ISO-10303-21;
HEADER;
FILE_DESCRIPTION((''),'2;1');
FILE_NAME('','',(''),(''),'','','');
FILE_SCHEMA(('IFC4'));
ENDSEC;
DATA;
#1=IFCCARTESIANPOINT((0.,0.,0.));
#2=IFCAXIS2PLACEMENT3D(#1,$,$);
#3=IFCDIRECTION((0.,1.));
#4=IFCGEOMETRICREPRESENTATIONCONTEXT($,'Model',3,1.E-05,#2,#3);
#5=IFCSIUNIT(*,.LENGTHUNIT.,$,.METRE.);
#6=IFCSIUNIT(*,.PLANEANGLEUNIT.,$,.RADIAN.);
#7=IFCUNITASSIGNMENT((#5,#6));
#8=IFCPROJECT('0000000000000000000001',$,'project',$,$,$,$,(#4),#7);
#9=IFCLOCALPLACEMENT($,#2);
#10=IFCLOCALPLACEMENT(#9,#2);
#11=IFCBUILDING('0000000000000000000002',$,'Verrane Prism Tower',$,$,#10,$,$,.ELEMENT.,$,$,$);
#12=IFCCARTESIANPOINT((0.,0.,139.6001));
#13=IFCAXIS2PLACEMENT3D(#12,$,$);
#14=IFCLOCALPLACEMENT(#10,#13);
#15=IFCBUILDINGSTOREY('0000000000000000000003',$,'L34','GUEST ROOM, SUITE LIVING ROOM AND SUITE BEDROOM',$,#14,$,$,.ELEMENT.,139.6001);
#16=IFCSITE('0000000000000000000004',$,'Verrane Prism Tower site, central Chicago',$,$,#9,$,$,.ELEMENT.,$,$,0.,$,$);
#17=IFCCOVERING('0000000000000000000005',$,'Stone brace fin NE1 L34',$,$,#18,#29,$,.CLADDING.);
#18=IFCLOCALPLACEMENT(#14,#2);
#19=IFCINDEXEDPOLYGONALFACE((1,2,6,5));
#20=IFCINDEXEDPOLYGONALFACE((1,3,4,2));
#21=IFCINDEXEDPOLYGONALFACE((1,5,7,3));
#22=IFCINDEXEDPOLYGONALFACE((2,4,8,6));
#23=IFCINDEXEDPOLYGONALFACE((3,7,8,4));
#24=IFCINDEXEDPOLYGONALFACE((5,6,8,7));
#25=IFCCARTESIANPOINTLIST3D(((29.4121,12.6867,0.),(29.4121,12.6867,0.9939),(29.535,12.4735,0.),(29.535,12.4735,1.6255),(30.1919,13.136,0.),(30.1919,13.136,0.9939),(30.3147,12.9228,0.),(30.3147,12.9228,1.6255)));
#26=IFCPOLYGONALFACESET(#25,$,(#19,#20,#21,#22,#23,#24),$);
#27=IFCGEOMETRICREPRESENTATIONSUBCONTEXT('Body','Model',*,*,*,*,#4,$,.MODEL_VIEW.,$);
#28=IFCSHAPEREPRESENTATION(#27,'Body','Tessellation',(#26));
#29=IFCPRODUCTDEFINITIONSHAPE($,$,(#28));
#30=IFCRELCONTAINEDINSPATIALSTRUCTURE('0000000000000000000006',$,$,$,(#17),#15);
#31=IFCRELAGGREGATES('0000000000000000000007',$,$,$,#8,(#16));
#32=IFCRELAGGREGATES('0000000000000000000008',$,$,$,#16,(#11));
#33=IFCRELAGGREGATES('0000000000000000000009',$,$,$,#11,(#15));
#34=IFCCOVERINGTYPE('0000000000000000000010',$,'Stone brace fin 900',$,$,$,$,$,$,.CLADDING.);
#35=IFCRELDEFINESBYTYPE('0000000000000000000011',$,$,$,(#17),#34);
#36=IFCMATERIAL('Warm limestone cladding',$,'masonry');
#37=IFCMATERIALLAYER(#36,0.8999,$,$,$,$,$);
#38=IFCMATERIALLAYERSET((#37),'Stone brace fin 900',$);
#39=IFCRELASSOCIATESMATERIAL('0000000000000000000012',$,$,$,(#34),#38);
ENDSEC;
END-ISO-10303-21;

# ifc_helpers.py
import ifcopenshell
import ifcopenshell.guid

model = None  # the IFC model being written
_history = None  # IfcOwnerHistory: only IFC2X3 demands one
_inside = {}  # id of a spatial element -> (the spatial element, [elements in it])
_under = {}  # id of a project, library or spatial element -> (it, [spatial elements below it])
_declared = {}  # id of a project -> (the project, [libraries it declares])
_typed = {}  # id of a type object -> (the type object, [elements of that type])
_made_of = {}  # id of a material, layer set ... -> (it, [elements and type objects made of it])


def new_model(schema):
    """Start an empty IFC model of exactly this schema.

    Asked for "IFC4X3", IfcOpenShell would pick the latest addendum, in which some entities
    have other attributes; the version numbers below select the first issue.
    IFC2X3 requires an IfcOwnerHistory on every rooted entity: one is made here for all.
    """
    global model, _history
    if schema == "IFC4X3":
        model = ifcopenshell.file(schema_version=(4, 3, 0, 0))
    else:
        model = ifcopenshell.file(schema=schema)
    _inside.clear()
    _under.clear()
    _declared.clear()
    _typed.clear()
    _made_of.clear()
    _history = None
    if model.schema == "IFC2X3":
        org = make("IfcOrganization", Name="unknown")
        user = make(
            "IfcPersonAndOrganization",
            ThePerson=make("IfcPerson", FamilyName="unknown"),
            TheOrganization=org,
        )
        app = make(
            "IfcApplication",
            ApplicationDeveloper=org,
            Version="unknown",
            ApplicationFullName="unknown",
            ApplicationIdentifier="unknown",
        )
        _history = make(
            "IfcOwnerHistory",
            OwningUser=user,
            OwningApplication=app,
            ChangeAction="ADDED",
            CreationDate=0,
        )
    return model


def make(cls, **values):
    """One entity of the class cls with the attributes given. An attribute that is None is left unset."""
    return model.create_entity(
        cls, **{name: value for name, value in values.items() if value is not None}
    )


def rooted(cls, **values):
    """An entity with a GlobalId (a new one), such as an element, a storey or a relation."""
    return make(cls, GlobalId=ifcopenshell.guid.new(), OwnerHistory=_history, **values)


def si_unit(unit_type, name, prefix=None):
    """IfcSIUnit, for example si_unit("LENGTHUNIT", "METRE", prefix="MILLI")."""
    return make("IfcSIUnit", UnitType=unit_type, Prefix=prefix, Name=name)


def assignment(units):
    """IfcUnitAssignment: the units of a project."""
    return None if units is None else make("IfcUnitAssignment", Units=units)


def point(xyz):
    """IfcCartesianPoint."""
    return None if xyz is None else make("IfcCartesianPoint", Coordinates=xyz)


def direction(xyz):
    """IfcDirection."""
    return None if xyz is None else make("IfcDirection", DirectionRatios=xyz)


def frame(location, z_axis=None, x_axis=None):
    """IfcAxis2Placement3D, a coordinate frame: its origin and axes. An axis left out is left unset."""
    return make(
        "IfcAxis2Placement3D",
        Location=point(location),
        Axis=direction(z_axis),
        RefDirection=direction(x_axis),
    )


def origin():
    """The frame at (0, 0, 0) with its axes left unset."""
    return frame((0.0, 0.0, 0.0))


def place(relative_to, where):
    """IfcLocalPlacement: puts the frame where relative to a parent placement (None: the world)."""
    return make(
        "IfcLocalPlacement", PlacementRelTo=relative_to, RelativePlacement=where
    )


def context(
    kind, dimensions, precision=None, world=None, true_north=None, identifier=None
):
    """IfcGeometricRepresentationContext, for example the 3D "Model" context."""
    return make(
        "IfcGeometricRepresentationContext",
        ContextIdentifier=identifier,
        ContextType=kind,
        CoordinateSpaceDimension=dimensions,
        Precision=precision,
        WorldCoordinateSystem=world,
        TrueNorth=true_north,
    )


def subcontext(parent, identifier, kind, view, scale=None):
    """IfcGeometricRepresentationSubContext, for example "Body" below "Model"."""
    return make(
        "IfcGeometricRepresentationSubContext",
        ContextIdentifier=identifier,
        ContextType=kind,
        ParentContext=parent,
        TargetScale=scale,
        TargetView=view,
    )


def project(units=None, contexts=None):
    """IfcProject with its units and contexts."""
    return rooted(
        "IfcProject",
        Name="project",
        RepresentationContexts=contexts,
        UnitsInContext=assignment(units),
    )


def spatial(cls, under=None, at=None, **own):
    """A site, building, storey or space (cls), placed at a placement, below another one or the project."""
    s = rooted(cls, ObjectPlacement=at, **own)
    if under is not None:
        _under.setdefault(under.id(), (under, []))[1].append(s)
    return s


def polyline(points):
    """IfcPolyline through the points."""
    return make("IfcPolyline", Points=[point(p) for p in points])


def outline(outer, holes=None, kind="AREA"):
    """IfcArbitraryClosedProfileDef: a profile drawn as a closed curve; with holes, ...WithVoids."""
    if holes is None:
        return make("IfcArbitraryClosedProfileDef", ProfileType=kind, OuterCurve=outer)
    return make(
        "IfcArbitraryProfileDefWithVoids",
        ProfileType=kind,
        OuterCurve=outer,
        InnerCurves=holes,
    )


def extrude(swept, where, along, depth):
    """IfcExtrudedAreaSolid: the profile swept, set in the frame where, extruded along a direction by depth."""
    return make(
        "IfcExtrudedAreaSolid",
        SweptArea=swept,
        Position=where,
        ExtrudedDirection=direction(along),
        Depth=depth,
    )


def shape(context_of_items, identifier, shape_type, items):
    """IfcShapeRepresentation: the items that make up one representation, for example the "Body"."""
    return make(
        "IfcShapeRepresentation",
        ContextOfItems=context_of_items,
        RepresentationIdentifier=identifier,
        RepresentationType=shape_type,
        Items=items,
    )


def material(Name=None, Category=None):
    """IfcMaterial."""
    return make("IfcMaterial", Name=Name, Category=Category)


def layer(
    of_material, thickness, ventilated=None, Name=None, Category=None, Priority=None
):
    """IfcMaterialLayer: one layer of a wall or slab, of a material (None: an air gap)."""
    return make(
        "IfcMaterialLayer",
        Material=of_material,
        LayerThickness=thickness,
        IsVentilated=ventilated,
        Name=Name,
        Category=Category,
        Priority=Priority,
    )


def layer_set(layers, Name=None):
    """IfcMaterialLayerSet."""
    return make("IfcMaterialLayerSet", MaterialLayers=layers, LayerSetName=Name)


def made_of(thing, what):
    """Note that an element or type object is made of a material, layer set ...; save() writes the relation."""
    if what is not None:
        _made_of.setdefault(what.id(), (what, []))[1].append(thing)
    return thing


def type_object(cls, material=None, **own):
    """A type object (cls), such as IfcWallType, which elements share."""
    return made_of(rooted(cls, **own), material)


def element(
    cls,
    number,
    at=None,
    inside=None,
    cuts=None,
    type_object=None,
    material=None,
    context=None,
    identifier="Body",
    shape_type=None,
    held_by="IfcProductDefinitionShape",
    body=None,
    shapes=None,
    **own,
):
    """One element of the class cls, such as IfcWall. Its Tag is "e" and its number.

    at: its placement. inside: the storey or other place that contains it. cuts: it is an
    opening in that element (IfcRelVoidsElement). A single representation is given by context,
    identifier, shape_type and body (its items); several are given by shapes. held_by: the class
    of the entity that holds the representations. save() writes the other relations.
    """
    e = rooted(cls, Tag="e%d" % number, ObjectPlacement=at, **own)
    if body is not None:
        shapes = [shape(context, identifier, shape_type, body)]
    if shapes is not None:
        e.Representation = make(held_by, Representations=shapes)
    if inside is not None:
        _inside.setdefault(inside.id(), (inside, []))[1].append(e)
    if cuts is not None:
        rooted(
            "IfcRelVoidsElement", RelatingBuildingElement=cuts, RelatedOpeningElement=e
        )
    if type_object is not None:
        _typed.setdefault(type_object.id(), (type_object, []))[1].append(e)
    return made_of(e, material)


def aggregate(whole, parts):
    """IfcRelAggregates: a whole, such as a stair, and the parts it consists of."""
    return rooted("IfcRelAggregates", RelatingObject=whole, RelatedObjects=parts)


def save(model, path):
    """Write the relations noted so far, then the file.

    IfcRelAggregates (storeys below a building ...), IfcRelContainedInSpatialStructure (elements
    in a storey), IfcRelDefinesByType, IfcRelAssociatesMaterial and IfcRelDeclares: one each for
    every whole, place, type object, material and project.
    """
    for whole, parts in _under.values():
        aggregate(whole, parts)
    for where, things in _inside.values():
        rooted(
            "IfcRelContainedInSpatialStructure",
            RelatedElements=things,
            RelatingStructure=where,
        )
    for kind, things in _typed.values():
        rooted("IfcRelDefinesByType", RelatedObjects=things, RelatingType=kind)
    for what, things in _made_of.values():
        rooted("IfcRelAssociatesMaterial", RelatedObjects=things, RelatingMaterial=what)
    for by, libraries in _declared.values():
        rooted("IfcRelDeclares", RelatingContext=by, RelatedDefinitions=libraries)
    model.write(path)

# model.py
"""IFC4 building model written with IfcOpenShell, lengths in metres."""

from ifc_helpers import new_model, si_unit, direction, frame, origin, place, context, subcontext, project, spatial, polyline, outline, extrude, material, layer, layer_set, type_object, element, save


model = new_model("IFC4")

# Units and contexts
model_context = context("Model", 3, precision=1e-05, world=origin(), true_north=direction((0.0, 1.0)))
body_context = subcontext(model_context, "Body", "Model", "MODEL_VIEW")
ifc_project = project(units=[si_unit("LENGTHUNIT", "METRE"), si_unit("PLANEANGLEUNIT", "RADIAN")], contexts=[model_context])

# Site, building, storey
site_placement = place(None, origin())
site = spatial("IfcSite", under=ifc_project, at=site_placement, Name="Verrane Prism Tower site, central Chicago", CompositionType="ELEMENT", RefElevation=0.0)
building_placement = place(site_placement, origin())
building = spatial("IfcBuilding", under=site, at=building_placement, Name="Verrane Prism Tower", CompositionType="ELEMENT")
storey_placement = place(building_placement, frame((0.0, 0.0, 139.6001)))
storey = spatial("IfcBuildingStorey", under=building, at=storey_placement, Name="L34", Description="GUEST ROOM, SUITE LIVING ROOM AND SUITE BEDROOM", CompositionType="ELEMENT", Elevation=139.6001)

# Covering
ifc_material_1 = material(Name="Warm limestone cladding", Category="masonry")
ifc_layer_1 = layer(ifc_material_1, 0.8999)
ifc_layer_set_1 = layer_set([ifc_layer_1], Name="Stone brace fin 900")
covering_type = type_object("IfcCoveringType", Name="Stone brace fin 900", PredefinedType="CLADDING", material=ifc_layer_set_1)
covering_1_placement = place(storey_placement, frame((29.802, 12.9114, 0.0), z_axis=(0.0, 0.0, 1.0), x_axis=(0.499235, -0.866466, 0.0)))
element("IfcCovering", 1, at=covering_1_placement, inside=storey, type_object=covering_type, Name="Stone brace fin NE1 L34", PredefinedType="CLADDING", context=body_context, shape_type="SweptSolid", body=[
    extrude(outline(polyline([(0.0, 0.0), (0.2461, 0.0), (0.2461, 1.6255), (0.0, 0.9939), (0.0, 0.0)])), frame((0.0, 0.45, 0.0), z_axis=(0.0, -1.0, 0.0), x_axis=(1.0, 0.0, 0.0)), (0.0, 0.0, 1.0), 0.8999),
])

save(model, "model.ifc")
